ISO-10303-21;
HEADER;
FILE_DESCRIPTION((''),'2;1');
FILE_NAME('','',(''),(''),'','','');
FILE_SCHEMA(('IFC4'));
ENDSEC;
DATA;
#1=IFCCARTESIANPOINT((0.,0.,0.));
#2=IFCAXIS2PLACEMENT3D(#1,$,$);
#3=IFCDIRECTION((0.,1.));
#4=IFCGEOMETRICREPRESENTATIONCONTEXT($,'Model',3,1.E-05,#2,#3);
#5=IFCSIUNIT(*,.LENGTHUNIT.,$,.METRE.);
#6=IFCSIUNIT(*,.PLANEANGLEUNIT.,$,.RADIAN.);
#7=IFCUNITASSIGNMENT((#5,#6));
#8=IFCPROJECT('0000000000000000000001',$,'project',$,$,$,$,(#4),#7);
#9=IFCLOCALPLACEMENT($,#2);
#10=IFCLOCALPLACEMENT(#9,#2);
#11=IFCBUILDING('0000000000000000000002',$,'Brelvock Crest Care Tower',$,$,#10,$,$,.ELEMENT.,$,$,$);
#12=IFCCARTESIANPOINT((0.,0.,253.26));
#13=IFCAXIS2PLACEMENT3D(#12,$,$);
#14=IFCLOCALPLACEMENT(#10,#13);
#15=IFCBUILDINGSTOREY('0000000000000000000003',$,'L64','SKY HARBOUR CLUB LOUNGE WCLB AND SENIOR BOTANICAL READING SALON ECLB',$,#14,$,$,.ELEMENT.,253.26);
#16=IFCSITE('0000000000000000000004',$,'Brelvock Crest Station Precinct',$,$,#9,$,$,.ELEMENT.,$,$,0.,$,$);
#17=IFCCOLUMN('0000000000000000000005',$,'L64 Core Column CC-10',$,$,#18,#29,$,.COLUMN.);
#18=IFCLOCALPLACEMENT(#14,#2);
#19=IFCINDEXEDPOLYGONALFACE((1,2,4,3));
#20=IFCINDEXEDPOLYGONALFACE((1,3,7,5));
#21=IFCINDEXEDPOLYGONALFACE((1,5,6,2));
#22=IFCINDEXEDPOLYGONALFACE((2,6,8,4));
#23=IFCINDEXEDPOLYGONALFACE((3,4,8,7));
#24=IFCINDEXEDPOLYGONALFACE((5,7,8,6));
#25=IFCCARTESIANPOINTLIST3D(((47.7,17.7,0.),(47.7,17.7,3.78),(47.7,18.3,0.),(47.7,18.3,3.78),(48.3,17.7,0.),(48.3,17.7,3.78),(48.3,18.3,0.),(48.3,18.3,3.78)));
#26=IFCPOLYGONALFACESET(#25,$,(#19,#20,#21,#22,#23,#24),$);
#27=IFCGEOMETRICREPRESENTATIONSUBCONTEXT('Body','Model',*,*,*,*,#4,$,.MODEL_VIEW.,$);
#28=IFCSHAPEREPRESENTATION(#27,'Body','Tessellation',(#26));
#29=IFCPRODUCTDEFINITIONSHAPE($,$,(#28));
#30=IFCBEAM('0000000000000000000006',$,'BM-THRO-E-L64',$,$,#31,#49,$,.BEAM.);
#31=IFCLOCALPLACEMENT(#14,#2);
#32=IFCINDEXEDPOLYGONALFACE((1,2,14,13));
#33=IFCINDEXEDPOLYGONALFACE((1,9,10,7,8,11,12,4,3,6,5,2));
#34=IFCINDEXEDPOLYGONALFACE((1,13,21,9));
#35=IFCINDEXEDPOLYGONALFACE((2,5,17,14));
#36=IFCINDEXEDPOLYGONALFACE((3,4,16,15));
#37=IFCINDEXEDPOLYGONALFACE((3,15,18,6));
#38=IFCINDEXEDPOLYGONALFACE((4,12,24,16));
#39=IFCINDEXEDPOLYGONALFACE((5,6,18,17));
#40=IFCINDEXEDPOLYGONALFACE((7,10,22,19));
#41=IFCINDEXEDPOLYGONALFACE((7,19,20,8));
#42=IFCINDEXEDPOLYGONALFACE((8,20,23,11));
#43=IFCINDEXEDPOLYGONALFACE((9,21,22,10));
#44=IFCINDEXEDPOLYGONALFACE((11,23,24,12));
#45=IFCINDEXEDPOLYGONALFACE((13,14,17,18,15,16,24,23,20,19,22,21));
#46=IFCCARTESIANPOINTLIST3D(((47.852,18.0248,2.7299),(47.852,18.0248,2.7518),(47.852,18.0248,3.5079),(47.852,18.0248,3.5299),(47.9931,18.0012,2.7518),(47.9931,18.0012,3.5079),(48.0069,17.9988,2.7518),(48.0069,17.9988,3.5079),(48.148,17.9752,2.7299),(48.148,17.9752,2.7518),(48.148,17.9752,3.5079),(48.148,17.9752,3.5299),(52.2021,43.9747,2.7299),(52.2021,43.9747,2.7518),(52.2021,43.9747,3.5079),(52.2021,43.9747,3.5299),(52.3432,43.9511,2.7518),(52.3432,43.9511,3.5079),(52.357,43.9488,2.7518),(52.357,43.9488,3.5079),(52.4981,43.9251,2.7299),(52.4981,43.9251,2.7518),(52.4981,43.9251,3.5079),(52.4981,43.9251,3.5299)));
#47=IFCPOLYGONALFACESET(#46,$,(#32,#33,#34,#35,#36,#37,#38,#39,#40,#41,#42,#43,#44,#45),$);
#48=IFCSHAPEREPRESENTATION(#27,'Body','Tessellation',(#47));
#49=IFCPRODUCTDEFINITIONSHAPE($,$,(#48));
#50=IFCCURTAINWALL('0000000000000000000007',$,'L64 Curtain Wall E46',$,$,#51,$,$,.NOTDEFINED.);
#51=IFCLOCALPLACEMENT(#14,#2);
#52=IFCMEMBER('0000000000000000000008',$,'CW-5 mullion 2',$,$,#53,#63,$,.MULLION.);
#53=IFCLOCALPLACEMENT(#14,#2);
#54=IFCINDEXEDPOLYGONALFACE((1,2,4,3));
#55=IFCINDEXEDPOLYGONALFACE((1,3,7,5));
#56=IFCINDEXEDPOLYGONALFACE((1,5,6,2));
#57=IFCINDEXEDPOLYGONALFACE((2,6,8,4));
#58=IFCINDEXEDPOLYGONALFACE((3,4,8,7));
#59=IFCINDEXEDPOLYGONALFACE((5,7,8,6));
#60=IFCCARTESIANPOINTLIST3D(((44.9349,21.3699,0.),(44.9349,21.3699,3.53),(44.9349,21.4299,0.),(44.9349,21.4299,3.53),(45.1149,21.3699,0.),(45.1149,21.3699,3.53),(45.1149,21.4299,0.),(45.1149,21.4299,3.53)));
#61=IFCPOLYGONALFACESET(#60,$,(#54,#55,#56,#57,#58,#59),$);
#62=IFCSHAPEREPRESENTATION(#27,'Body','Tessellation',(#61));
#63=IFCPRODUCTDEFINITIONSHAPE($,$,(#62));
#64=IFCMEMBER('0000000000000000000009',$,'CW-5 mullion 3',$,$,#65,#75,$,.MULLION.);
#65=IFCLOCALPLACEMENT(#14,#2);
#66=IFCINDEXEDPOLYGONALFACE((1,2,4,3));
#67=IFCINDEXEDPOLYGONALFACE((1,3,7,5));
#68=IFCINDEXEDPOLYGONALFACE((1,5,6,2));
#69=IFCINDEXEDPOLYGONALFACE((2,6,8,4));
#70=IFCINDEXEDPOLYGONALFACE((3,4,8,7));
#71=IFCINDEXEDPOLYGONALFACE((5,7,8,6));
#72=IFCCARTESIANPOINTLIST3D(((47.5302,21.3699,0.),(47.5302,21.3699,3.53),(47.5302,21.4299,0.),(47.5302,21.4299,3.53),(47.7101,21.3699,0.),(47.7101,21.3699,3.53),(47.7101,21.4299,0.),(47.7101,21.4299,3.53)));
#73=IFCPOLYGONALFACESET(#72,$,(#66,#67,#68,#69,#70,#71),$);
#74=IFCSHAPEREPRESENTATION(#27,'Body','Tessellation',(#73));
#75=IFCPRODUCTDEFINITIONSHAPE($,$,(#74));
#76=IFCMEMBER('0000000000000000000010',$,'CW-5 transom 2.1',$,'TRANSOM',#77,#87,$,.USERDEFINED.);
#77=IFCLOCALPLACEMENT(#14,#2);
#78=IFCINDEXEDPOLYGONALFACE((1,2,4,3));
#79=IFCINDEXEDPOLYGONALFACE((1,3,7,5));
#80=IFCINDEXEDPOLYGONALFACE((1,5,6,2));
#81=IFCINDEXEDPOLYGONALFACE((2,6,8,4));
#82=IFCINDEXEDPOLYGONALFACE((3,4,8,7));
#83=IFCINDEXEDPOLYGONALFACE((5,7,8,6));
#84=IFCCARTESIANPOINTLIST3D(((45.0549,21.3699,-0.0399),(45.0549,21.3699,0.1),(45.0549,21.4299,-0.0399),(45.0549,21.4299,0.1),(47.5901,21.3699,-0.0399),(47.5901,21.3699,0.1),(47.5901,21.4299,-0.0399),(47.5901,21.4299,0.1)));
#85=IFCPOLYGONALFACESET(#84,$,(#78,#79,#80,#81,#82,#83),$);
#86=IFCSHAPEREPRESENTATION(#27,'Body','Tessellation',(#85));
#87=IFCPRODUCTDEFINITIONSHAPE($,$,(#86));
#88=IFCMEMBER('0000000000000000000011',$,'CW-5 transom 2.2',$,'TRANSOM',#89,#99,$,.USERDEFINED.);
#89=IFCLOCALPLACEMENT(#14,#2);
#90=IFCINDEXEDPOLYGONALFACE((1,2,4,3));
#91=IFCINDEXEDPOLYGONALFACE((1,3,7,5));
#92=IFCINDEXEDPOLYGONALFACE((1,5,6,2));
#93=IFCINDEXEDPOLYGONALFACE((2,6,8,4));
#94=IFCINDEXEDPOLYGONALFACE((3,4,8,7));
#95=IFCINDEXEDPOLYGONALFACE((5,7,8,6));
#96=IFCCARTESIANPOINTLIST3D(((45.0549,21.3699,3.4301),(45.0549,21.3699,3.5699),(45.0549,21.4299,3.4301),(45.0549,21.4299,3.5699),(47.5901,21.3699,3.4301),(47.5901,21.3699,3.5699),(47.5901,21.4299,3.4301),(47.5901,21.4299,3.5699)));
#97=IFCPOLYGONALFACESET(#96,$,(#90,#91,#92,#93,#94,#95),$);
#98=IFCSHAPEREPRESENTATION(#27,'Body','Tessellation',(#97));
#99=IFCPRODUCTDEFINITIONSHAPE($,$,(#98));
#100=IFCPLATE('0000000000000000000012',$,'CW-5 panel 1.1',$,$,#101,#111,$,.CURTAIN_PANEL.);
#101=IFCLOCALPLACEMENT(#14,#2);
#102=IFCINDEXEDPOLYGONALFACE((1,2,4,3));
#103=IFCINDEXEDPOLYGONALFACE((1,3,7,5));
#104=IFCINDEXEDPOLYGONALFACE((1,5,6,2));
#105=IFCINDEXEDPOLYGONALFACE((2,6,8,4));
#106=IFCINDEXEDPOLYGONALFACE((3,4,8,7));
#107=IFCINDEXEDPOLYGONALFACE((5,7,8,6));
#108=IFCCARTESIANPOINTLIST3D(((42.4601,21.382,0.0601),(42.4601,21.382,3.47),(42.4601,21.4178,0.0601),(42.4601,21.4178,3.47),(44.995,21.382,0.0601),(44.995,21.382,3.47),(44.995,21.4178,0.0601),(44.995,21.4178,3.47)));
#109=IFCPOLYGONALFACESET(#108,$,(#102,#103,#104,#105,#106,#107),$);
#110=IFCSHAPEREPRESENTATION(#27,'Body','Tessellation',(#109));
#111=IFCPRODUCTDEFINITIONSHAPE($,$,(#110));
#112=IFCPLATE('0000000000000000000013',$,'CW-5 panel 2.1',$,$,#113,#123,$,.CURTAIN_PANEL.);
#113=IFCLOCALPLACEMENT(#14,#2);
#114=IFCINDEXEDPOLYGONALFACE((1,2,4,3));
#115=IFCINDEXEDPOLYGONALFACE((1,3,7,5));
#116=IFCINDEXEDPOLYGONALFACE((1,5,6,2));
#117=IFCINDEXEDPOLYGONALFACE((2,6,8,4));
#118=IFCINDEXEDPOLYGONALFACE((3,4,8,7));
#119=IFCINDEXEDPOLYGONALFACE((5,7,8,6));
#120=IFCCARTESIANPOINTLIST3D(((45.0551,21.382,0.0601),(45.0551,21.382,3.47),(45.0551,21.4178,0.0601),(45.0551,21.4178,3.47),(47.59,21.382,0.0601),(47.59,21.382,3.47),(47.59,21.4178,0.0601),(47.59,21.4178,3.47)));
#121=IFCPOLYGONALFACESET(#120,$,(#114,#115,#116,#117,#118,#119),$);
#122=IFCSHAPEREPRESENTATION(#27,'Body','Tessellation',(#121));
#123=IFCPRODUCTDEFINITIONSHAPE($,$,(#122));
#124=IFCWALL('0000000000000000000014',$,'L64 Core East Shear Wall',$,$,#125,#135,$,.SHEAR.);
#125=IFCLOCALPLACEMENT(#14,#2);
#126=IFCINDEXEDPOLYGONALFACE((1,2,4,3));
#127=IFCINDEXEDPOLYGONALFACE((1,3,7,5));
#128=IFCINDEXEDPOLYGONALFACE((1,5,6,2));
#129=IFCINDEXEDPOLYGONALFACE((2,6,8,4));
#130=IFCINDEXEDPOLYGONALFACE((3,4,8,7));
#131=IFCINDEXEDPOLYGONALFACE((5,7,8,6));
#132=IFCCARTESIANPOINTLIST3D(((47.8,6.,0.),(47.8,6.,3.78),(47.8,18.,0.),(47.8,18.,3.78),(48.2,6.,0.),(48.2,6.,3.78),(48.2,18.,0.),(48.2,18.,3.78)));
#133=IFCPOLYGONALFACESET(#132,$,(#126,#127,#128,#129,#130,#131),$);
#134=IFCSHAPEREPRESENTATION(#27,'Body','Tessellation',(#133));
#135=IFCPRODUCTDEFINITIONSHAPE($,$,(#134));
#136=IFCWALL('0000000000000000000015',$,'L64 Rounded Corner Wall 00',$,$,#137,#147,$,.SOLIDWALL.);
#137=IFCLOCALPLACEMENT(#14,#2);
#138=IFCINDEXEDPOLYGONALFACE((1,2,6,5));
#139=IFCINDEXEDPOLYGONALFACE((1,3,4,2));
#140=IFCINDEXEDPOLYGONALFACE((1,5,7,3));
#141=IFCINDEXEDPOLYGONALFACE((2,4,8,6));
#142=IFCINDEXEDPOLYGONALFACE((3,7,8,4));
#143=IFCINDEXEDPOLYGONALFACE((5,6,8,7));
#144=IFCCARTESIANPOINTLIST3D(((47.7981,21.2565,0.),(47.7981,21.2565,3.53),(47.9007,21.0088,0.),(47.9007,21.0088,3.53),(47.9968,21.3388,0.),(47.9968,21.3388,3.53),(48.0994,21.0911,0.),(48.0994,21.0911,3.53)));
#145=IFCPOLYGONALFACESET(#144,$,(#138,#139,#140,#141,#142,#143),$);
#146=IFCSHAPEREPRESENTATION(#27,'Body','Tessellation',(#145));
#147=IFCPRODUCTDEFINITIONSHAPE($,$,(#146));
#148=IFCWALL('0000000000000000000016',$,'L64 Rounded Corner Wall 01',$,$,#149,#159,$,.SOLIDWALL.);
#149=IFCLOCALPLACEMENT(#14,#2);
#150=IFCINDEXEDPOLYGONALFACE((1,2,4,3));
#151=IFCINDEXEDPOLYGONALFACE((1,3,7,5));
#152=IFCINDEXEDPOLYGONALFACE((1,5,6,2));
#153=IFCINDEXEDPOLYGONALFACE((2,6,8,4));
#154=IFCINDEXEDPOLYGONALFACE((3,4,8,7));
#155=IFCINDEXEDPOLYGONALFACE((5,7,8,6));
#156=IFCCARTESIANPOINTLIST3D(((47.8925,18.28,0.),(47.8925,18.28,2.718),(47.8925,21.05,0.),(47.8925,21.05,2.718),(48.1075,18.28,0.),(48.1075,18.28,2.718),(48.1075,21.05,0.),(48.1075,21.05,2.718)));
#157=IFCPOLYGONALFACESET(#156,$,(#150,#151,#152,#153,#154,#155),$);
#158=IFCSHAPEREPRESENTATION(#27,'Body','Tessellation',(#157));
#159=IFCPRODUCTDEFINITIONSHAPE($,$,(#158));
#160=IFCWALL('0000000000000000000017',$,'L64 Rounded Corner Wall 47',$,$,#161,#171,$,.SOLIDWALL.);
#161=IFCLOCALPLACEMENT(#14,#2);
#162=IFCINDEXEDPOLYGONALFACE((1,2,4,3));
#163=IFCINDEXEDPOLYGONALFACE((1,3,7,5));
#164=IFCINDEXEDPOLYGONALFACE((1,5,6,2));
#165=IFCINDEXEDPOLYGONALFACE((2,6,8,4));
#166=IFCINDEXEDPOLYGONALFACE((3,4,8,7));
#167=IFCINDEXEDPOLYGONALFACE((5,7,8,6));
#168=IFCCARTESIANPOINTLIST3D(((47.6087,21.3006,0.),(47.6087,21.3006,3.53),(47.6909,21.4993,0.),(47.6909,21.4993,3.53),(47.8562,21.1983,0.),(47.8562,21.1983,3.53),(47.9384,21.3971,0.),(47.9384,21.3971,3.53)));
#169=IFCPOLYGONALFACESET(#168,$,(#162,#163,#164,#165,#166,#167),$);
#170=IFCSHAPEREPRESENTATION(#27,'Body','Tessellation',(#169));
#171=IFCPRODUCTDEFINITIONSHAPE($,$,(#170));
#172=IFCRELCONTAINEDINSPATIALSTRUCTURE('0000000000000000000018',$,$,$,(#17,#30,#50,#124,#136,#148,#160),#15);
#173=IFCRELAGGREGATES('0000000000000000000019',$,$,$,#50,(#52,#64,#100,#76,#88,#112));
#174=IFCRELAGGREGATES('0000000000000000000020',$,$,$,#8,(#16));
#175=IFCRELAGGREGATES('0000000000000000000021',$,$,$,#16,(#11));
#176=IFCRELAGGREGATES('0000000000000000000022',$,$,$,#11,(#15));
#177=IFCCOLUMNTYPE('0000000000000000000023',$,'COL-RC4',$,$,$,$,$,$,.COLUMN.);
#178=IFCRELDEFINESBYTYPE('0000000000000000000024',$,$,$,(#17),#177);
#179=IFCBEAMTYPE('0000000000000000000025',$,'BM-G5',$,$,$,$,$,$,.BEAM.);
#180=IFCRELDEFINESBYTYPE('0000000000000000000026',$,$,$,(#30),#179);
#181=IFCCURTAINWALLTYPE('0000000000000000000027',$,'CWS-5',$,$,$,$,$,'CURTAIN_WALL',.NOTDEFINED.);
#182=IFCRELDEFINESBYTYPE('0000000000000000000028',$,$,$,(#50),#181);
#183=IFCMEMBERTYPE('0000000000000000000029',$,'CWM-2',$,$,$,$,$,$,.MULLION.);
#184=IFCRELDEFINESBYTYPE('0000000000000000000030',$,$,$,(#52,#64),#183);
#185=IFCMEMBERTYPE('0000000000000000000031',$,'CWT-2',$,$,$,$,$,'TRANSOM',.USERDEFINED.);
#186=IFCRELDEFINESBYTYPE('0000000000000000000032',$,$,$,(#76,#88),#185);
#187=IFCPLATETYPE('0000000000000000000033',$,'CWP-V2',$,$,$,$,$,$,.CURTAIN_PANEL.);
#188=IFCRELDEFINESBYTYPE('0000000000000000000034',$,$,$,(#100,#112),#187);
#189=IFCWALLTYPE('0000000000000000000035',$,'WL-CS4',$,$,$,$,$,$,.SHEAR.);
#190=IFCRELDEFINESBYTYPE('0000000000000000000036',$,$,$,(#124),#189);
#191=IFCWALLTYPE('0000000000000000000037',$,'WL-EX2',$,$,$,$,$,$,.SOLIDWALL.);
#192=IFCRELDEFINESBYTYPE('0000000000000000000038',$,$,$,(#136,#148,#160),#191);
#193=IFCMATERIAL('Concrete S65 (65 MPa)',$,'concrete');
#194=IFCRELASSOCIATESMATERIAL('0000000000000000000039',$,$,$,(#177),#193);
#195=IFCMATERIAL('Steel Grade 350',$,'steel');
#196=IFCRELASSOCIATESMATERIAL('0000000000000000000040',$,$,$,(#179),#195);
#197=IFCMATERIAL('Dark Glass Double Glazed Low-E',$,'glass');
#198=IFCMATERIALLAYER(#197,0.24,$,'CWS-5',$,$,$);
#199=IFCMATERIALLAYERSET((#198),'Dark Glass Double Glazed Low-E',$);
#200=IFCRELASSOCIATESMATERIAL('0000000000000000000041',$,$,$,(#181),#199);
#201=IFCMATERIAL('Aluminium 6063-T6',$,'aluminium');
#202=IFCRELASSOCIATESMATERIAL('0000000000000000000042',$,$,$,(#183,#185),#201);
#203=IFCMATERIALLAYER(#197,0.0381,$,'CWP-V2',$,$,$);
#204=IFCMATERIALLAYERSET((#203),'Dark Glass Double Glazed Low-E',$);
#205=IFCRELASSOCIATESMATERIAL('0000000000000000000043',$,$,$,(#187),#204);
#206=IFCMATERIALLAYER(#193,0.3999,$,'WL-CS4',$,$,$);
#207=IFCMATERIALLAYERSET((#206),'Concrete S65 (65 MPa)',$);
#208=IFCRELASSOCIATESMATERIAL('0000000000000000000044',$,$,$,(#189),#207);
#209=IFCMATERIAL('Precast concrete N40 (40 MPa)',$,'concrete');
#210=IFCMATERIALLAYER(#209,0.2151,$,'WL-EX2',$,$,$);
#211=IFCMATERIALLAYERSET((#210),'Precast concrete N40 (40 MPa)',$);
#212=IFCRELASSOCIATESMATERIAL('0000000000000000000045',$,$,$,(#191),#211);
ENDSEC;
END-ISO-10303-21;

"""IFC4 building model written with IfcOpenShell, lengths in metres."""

from ifc_helpers import new_model, si_unit, direction, frame, frame_2d, origin, origin_2d, place, context, subcontext, project, spatial, rectangle, i_section, extrude, source, transform, mapped, material, layer, layer_set, material_profile, profile_set, type_object, element, aggregate, save


model = new_model("IFC4")

# Units and contexts
model_context = context("Model", 3, precision=1e-05, world=origin(), true_north=direction((0.0, 1.0)))
body_context = subcontext(model_context, "Body", "Model", "MODEL_VIEW")
ifc_project = project(units=[si_unit("LENGTHUNIT", "METRE"), si_unit("PLANEANGLEUNIT", "RADIAN")], contexts=[model_context])

# Site, building, storey
site_placement = place(None, origin())
site = spatial("IfcSite", under=ifc_project, at=site_placement, Name="Brelvock Crest Station Precinct", CompositionType="ELEMENT", RefElevation=0.0)
building_placement = place(site_placement, origin())
building = spatial("IfcBuilding", under=site, at=building_placement, Name="Brelvock Crest Care Tower", CompositionType="ELEMENT")
storey_placement = place(building_placement, frame((0.0, 0.0, 253.26)))
storey = spatial("IfcBuildingStorey", under=building, at=storey_placement, Name="L64", Description="SKY HARBOUR CLUB LOUNGE WCLB AND SENIOR BOTANICAL READING SALON ECLB", CompositionType="ELEMENT", Elevation=253.26)

# Column
ifc_material_1 = material(Name="Concrete S65 (65 MPa)", Category="concrete")
ifc_material_profile_1 = material_profile(ifc_material_1, rectangle(XDim=0.6001, YDim=0.6001, at=origin_2d()), Name="RC600x600")
ifc_profile_set_1 = profile_set([ifc_material_profile_1], Name="Concrete S65 (65 MPa)")
column_type = type_object("IfcColumnType", Name="COL-RC4", PredefinedType="COLUMN", material=ifc_profile_set_1)
shared_shape_1 = source(origin(), body_context, "Body", "SweptSolid", [
    extrude(rectangle(XDim=0.6001, YDim=0.6001, at=origin_2d()), origin(), (0.0, 0.0, 1.0), 3.78),
])
column_placement = place(storey_placement, frame((48.0, 18.0, 0.0), z_axis=(0.0, 0.0, 1.0), x_axis=(1.0, 0.0, 0.0)))
element("IfcColumn", 1, at=column_placement, inside=storey, type_object=column_type, Name="L64 Core Column CC-10", PredefinedType="COLUMN", context=body_context, shape_type="MappedRepresentation", body=[
    mapped(shared_shape_1, transform((0.0, 0.0, 0.0), x_axis=(1.0, 0.0, 0.0), y_axis=(0.0, 1.0, 0.0), z_axis=(0.0, 0.0, 1.0), scale=1.0)),
])

# Beam
ifc_material_2 = material(Name="Steel Grade 350", Category="steel")
ifc_material_profile_2 = material_profile(ifc_material_2, i_section(OverallWidth=0.3, OverallDepth=0.8, WebThickness=0.0139, FlangeThickness=0.022, at=origin_2d()), Name="800WB192")
ifc_profile_set_2 = profile_set([ifc_material_profile_2], Name="Steel Grade 350")
beam_type = type_object("IfcBeamType", Name="BM-G5", PredefinedType="BEAM", material=ifc_profile_set_2)
shared_shape_2 = source(origin(), body_context, "Body", "SweptSolid", [
    extrude(i_section(OverallWidth=0.3, OverallDepth=0.8, WebThickness=0.0139, FlangeThickness=0.022, at=origin_2d()), origin(), (0.0, 0.0, 1.0), 26.312),
])
beam_placement = place(storey_placement, frame((48.0, 18.0, 3.1299), z_axis=(0.165327, 0.986239, 0.0), x_axis=(-0.986239, 0.165327, 0.0)))
element("IfcBeam", 2, at=beam_placement, inside=storey, type_object=beam_type, Name="BM-THRO-E-L64", PredefinedType="BEAM", context=body_context, shape_type="MappedRepresentation", body=[
    mapped(shared_shape_2, transform((0.0, 0.0, 0.0), x_axis=(1.0, 0.0, 0.0), y_axis=(0.0, 1.0, 0.0), z_axis=(0.0, 0.0, 1.0), scale=1.0)),
])

# Curtain wall, members, plates
ifc_material_3 = material(Name="Dark Glass Double Glazed Low-E", Category="glass")
ifc_layer_1 = layer(ifc_material_3, 0.24, Name="CWS-5")
ifc_layer_set_1 = layer_set([ifc_layer_1], Name="Dark Glass Double Glazed Low-E")
curtain_wall_type = type_object("IfcCurtainWallType", Name="CWS-5", ElementType="CURTAIN_WALL", PredefinedType="NOTDEFINED", material=ifc_layer_set_1)
curtain_wall_placement = place(storey_placement, origin())
curtain_wall = element("IfcCurtainWall", 3, at=curtain_wall_placement, inside=storey, type_object=curtain_wall_type, Name="L64 Curtain Wall E46", PredefinedType="NOTDEFINED")
ifc_material_4 = material(Name="Aluminium 6063-T6", Category="aluminium")
ifc_material_profile_3 = material_profile(ifc_material_4, rectangle(XDim=0.0601, YDim=0.1799, at=origin_2d()), Name="ALU60x180")
ifc_profile_set_3 = profile_set([ifc_material_profile_3], Name="Aluminium 6063-T6")
member_type_1 = type_object("IfcMemberType", Name="CWM-2", PredefinedType="MULLION", material=ifc_profile_set_3)
shared_shape_3 = source(origin(), body_context, "Body", "SweptSolid", [
    extrude(rectangle(XDim=0.0601, YDim=0.1799, at=origin_2d()), origin(), (0.0, 0.0, 1.0), 3.53),
])
member_1_placement = place(storey_placement, frame((45.0249, 21.3999, 0.0), z_axis=(0.0, 0.0, 1.0), x_axis=(0.0, 1.0, 0.0)))
member_1 = element("IfcMember", 4, at=member_1_placement, type_object=member_type_1, Name="CW-5 mullion 2", PredefinedType="MULLION", context=body_context, shape_type="MappedRepresentation", body=[
    mapped(shared_shape_3, transform((0.0, 0.0, 0.0), x_axis=(1.0, 0.0, 0.0), y_axis=(0.0, 1.0, 0.0), z_axis=(0.0, 0.0, 1.0), scale=1.0)),
])
member_2_placement = place(storey_placement, frame((47.6201, 21.3999, 0.0), z_axis=(0.0, 0.0, 1.0), x_axis=(0.0, 1.0, 0.0)))
member_2 = element("IfcMember", 5, at=member_2_placement, type_object=member_type_1, Name="CW-5 mullion 3", PredefinedType="MULLION", context=body_context, shape_type="MappedRepresentation", body=[
    mapped(shared_shape_3, transform((0.0, 0.0, 0.0), x_axis=(1.0, 0.0, 0.0), y_axis=(0.0, 1.0, 0.0), z_axis=(0.0, 0.0, 1.0), scale=1.0)),
])
ifc_material_profile_4 = material_profile(ifc_material_4, rectangle(XDim=0.0601, YDim=0.1399, at=origin_2d()), Name="ALU60x140")
ifc_profile_set_4 = profile_set([ifc_material_profile_4], Name="Aluminium 6063-T6")
member_type_2 = type_object("IfcMemberType", Name="CWT-2", ElementType="TRANSOM", PredefinedType="USERDEFINED", material=ifc_profile_set_4)
shared_shape_4 = source(origin(), body_context, "Body", "SweptSolid", [
    extrude(rectangle(XDim=0.0601, YDim=0.1399, at=origin_2d()), origin(), (0.0, 0.0, 1.0), 2.5352),
])
member_3_placement = place(storey_placement, frame((45.0549, 21.3999, 0.03), z_axis=(1.0, 0.0, 0.0), x_axis=(0.0, 1.0, 0.0)))
member_3 = element("IfcMember", 6, at=member_3_placement, type_object=member_type_2, Name="CW-5 transom 2.1", ObjectType="TRANSOM", PredefinedType="USERDEFINED", context=body_context, shape_type="MappedRepresentation", body=[
    mapped(shared_shape_4, transform((0.0, 0.0, 0.0), x_axis=(1.0, 0.0, 0.0), y_axis=(0.0, 1.0, 0.0), z_axis=(0.0, 0.0, 1.0), scale=1.0)),
])
member_4_placement = place(storey_placement, frame((45.0549, 21.3999, 3.5), z_axis=(1.0, 0.0, 0.0), x_axis=(0.0, 1.0, 0.0)))
member_4 = element("IfcMember", 7, at=member_4_placement, type_object=member_type_2, Name="CW-5 transom 2.2", ObjectType="TRANSOM", PredefinedType="USERDEFINED", context=body_context, shape_type="MappedRepresentation", body=[
    mapped(shared_shape_4, transform((0.0, 0.0, 0.0), x_axis=(1.0, 0.0, 0.0), y_axis=(0.0, 1.0, 0.0), z_axis=(0.0, 0.0, 1.0), scale=1.0)),
])
ifc_layer_2 = layer(ifc_material_3, 0.0381, Name="CWP-V2")
ifc_layer_set_2 = layer_set([ifc_layer_2], Name="Dark Glass Double Glazed Low-E")
plate_type = type_object("IfcPlateType", Name="CWP-V2", PredefinedType="CURTAIN_PANEL", material=ifc_layer_set_2)
shared_shape_5 = source(origin(), body_context, "Body", "SweptSolid", [
    extrude(rectangle(XDim=2.5349, YDim=0.0359, at=origin_2d()), origin(), (0.0, 0.0, 1.0), 3.4099),
])
plate_1_placement = place(storey_placement, frame((43.7275, 21.3999, 0.0601), z_axis=(0.0, 0.0, 1.0), x_axis=(1.0, 0.0, 0.0)))
plate_1 = element("IfcPlate", 8, at=plate_1_placement, type_object=plate_type, Name="CW-5 panel 1.1", PredefinedType="CURTAIN_PANEL", context=body_context, shape_type="MappedRepresentation", body=[
    mapped(shared_shape_5, transform((0.0, 0.0, 0.0), x_axis=(1.0, 0.0, 0.0), y_axis=(0.0, 1.0, 0.0), z_axis=(0.0, 0.0, 1.0), scale=1.0)),
])
plate_2_placement = place(storey_placement, frame((46.3225, 21.3999, 0.0601), z_axis=(0.0, 0.0, 1.0), x_axis=(1.0, 0.0, 0.0)))
plate_2 = element("IfcPlate", 9, at=plate_2_placement, type_object=plate_type, Name="CW-5 panel 2.1", PredefinedType="CURTAIN_PANEL", context=body_context, shape_type="MappedRepresentation", body=[
    mapped(shared_shape_5, transform((0.0, 0.0, 0.0), x_axis=(1.0, 0.0, 0.0), y_axis=(0.0, 1.0, 0.0), z_axis=(0.0, 0.0, 1.0), scale=1.0)),
])
aggregate(curtain_wall, [member_1, member_2, plate_1, member_3, member_4, plate_2])

# Walls
ifc_layer_3 = layer(ifc_material_1, 0.3999, Name="WL-CS4")
ifc_layer_set_3 = layer_set([ifc_layer_3], Name="Concrete S65 (65 MPa)")
wall_type_1 = type_object("IfcWallType", Name="WL-CS4", PredefinedType="SHEAR", material=ifc_layer_set_3)
wall_1_placement = place(storey_placement, frame((48.0, 18.0, 0.0), z_axis=(0.0, 0.0, 1.0), x_axis=(0.0, -1.0, 0.0)))
element("IfcWall", 10, at=wall_1_placement, inside=storey, type_object=wall_type_1, Name="L64 Core East Shear Wall", PredefinedType="SHEAR", context=body_context, shape_type="SweptSolid", body=[
    extrude(rectangle(XDim=12.0, YDim=0.3999, at=frame_2d((6.0, 0.0))), origin(), (0.0, 0.0, 1.0), 3.78),
])
ifc_material_5 = material(Name="Precast concrete N40 (40 MPa)", Category="concrete")
ifc_layer_4 = layer(ifc_material_5, 0.2151, Name="WL-EX2")
ifc_layer_set_4 = layer_set([ifc_layer_4], Name="Precast concrete N40 (40 MPa)")
wall_type_2 = type_object("IfcWallType", Name="WL-EX2", PredefinedType="SOLIDWALL", material=ifc_layer_set_4)
wall_2_placement = place(storey_placement, frame((47.8975, 21.2976, 0.0), z_axis=(0.0, 0.0, 1.0), x_axis=(0.382674, -0.923884, 0.0)))
element("IfcWall", 11, at=wall_2_placement, inside=storey, type_object=wall_type_2, Name="L64 Rounded Corner Wall 00", PredefinedType="SOLIDWALL", context=body_context, shape_type="SweptSolid", body=[
    extrude(rectangle(XDim=0.2681, YDim=0.2151, at=frame_2d((0.134, 0.0))), origin(), (0.0, 0.0, 1.0), 3.53),
])
wall_3_placement = place(storey_placement, frame((48.0, 21.05, 0.0), z_axis=(0.0, 0.0, 1.0), x_axis=(0.0, -1.0, 0.0)))
element("IfcWall", 12, at=wall_3_placement, inside=storey, type_object=wall_type_2, Name="L64 Rounded Corner Wall 01", PredefinedType="SOLIDWALL", context=body_context, shape_type="SweptSolid", body=[
    extrude(rectangle(XDim=2.77, YDim=0.2151, at=frame_2d((1.385, 0.0))), origin(), (0.0, 0.0, 1.0), 2.718),
])
wall_4_placement = place(storey_placement, frame((47.6499, 21.3999, 0.0), z_axis=(0.0, 0.0, 1.0), x_axis=(0.924205, -0.381896, 0.0)))
element("IfcWall", 13, at=wall_4_placement, inside=storey, type_object=wall_type_2, Name="L64 Rounded Corner Wall 47", PredefinedType="SOLIDWALL", context=body_context, shape_type="SweptSolid", body=[
    extrude(rectangle(XDim=0.2678, YDim=0.2151, at=frame_2d((0.1338, 0.0))), origin(), (0.0, 0.0, 1.0), 3.53),
])

save(model, "model.ifc")
